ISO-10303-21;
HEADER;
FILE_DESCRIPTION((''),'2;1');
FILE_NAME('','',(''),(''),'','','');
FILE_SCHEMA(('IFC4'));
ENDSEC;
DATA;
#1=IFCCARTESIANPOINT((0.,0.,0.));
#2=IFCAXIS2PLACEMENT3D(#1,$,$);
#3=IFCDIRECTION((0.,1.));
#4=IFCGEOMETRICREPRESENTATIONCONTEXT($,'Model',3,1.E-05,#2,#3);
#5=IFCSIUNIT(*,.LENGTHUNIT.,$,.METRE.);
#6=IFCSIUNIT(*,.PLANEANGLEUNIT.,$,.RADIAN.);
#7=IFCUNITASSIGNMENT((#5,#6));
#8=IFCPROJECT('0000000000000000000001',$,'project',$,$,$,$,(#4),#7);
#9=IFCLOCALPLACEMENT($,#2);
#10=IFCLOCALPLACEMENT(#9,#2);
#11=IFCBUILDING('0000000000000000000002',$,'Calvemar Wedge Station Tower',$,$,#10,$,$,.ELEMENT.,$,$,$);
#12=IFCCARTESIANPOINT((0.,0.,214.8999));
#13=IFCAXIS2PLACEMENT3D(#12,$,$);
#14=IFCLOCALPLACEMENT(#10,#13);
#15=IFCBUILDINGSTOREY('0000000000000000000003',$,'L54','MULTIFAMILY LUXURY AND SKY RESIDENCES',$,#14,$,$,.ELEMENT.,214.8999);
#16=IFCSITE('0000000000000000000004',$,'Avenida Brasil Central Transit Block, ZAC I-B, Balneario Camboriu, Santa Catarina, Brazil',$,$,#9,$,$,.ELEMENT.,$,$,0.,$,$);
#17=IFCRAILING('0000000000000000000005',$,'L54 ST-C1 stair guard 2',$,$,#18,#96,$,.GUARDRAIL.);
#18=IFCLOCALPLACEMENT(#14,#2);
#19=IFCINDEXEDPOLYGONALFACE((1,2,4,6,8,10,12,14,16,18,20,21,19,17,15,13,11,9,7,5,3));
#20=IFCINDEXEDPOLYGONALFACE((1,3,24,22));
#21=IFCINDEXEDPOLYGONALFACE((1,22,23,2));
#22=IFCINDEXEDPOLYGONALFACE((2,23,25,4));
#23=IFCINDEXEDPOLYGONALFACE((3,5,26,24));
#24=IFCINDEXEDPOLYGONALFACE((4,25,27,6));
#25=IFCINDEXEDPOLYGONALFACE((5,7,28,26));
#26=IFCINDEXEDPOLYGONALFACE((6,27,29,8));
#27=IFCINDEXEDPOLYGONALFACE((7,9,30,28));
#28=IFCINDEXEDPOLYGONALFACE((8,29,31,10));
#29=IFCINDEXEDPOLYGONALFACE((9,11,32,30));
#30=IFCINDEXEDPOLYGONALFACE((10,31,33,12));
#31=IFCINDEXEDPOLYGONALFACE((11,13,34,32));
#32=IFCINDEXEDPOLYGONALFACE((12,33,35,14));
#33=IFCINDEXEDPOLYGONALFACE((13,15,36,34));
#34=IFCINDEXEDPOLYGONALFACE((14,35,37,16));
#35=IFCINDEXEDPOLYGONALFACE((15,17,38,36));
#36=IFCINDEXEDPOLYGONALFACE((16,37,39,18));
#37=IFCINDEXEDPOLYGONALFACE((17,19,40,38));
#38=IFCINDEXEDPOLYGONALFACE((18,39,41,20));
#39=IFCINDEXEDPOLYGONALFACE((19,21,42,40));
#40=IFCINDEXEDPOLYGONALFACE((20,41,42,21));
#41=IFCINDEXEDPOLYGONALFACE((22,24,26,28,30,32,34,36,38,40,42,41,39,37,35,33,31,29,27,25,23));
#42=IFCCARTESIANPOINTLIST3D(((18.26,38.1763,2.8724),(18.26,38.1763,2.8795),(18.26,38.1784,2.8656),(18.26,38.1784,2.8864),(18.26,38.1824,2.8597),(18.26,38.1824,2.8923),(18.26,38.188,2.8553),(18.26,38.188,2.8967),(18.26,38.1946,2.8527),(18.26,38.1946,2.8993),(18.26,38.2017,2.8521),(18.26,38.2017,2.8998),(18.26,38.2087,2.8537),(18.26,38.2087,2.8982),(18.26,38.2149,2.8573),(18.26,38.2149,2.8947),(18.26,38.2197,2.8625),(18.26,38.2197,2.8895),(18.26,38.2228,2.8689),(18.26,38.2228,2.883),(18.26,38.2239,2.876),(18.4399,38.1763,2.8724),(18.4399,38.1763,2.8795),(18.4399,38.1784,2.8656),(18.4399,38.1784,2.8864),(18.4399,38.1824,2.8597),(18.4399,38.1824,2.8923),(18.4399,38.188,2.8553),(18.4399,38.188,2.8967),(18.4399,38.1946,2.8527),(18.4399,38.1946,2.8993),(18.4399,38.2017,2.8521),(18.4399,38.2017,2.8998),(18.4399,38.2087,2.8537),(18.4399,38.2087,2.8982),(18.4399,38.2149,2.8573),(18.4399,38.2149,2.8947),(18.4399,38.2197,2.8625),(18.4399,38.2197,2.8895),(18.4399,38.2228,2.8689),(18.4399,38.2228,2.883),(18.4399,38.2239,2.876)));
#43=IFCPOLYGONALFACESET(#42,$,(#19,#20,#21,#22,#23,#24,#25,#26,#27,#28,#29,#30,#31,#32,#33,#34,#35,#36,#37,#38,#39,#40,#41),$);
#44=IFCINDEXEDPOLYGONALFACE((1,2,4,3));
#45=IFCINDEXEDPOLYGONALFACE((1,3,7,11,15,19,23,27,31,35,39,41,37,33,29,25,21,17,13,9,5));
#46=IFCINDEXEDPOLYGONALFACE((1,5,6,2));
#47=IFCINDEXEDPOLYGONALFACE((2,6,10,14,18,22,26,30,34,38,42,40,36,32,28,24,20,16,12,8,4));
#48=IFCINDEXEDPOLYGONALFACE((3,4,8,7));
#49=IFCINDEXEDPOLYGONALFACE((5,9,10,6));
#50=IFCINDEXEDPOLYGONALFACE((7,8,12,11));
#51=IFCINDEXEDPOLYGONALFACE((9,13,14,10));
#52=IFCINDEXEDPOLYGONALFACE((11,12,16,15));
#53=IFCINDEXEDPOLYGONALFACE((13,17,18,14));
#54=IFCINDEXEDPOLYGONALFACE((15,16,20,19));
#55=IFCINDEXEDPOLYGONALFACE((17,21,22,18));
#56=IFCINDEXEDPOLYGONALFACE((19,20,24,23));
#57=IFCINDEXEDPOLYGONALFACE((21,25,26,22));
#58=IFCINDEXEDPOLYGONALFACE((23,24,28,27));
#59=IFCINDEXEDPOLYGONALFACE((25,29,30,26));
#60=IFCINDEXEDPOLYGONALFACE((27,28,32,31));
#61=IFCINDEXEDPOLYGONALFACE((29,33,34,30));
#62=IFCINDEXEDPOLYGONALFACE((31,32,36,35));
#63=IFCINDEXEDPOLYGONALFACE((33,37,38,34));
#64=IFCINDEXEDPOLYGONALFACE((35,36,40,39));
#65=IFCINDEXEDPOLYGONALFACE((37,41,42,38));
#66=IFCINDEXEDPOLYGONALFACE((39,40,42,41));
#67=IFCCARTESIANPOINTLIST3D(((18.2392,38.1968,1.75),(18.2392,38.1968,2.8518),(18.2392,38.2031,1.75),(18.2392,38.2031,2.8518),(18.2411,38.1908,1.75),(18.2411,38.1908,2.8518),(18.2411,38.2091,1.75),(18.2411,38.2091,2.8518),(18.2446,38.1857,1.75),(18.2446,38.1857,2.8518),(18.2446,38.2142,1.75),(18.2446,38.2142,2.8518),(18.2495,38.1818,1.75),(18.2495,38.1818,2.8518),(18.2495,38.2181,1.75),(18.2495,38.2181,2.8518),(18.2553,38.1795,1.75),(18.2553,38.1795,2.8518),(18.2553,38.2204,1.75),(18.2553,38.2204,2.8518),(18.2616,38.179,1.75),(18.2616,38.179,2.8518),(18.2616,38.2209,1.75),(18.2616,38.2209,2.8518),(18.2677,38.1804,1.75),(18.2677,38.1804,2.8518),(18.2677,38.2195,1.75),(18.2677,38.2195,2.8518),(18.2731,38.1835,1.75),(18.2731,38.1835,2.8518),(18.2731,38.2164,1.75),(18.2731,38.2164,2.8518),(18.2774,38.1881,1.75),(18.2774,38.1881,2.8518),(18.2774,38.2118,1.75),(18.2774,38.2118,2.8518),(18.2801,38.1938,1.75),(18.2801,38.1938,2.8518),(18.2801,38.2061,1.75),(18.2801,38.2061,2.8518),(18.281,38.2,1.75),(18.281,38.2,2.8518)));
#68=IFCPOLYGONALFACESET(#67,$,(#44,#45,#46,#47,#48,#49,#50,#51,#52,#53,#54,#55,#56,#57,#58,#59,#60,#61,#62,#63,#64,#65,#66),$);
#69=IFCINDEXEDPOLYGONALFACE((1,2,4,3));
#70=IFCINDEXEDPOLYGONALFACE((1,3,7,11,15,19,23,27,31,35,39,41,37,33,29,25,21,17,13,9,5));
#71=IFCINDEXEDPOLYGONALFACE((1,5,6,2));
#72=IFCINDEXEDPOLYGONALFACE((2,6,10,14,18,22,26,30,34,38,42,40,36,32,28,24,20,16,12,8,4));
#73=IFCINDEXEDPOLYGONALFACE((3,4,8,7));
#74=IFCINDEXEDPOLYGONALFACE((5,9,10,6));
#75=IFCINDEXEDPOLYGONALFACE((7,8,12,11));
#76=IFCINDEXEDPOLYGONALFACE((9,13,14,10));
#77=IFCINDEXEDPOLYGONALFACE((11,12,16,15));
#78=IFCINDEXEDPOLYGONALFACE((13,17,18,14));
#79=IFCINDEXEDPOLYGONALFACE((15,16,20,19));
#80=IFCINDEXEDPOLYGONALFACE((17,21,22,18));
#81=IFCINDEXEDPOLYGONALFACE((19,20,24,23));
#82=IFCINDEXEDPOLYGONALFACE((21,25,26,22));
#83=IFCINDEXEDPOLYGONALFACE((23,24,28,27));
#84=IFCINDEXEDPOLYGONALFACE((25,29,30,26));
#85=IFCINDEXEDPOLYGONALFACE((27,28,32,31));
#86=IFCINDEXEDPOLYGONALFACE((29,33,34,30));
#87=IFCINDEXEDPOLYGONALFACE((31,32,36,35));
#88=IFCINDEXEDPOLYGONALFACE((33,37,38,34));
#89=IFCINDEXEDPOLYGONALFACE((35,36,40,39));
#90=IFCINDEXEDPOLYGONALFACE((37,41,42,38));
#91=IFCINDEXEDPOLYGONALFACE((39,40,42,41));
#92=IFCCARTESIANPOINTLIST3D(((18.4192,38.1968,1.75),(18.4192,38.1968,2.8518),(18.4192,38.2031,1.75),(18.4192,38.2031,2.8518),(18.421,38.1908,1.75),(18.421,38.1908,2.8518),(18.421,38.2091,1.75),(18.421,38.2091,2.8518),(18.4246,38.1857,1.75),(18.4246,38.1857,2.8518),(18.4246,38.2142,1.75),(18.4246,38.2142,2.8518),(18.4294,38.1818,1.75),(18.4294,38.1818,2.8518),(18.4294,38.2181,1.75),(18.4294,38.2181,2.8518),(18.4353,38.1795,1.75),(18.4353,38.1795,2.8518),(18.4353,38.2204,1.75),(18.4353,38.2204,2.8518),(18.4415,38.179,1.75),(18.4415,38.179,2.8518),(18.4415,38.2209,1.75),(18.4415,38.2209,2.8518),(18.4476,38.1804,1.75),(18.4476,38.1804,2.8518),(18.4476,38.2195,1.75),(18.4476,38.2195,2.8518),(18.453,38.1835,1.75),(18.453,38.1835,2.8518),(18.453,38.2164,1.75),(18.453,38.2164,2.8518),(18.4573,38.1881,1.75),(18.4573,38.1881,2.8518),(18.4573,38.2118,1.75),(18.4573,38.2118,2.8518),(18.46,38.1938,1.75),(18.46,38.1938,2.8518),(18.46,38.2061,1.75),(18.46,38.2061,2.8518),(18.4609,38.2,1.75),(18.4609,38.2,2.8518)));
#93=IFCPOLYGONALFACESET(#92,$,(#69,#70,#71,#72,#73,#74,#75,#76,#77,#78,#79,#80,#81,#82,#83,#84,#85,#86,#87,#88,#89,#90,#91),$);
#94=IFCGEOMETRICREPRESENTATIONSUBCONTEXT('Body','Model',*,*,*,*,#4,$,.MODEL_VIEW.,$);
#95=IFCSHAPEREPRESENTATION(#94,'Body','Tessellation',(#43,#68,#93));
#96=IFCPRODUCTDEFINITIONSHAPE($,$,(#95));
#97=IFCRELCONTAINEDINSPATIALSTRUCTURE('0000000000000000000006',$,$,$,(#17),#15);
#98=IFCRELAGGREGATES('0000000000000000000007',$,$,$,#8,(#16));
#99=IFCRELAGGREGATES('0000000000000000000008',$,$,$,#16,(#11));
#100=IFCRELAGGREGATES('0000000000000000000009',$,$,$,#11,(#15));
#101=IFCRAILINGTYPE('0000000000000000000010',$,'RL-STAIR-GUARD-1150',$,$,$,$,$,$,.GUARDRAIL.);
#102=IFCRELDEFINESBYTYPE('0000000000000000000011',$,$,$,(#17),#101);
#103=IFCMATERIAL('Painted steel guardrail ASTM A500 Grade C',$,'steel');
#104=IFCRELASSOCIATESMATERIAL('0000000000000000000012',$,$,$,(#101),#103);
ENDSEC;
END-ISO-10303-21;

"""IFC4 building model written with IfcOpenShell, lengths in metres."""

from ifc_helpers import new_model, si_unit, direction, frame, origin, origin_2d, place, context, subcontext, project, spatial, circle, extrude, material, type_object, element, save


model = new_model("IFC4")

# Units and contexts
model_context = context("Model", 3, precision=1e-05, world=origin(), true_north=direction((0.0, 1.0)))
body_context = subcontext(model_context, "Body", "Model", "MODEL_VIEW")
ifc_project = project(units=[si_unit("LENGTHUNIT", "METRE"), si_unit("PLANEANGLEUNIT", "RADIAN")], contexts=[model_context])

# Site, building, storey
site_placement = place(None, origin())
site = spatial("IfcSite", under=ifc_project, at=site_placement, Name="Avenida Brasil Central Transit Block, ZAC I-B, Balneario Camboriu, Santa Catarina, Brazil", CompositionType="ELEMENT", RefElevation=0.0)
building_placement = place(site_placement, origin())
building = spatial("IfcBuilding", under=site, at=building_placement, Name="Calvemar Wedge Station Tower", CompositionType="ELEMENT")
storey_placement = place(building_placement, frame((0.0, 0.0, 214.8999)))
storey = spatial("IfcBuildingStorey", under=building, at=storey_placement, Name="L54", Description="MULTIFAMILY LUXURY AND SKY RESIDENCES", CompositionType="ELEMENT", Elevation=214.8999)

# Railing
ifc_material_1 = material(Name="Painted steel guardrail ASTM A500 Grade C", Category="steel")
railing_type_1 = type_object("IfcRailingType", Name="RL-STAIR-GUARD-1150", PredefinedType="GUARDRAIL", material=ifc_material_1)
railing_1_placement = place(storey_placement, frame((18.26, 38.2, 1.75)))
element("IfcRailing", 1, at=railing_1_placement, inside=storey, type_object=railing_type_1, Name="L54 ST-C1 stair guard 2", PredefinedType="GUARDRAIL", context=body_context, shape_type="SweptSolid", body=[
    extrude(circle(Radius=0.0239, at=origin_2d()), frame((0.0, 0.0, 1.126), z_axis=(1.0, 0.0, 0.0), x_axis=(0.0, 1.0, 0.0)), (0.0, 0.0, 1.0), 0.1799),
    extrude(circle(Radius=0.021, at=origin_2d()), origin(), (0.0, 0.0, 1.0), 1.1018),
    extrude(circle(Radius=0.021, at=origin_2d()), frame((0.1799, 0.0, 0.0)), (0.0, 0.0, 1.0), 1.1018),
])

save(model, "model.ifc")
